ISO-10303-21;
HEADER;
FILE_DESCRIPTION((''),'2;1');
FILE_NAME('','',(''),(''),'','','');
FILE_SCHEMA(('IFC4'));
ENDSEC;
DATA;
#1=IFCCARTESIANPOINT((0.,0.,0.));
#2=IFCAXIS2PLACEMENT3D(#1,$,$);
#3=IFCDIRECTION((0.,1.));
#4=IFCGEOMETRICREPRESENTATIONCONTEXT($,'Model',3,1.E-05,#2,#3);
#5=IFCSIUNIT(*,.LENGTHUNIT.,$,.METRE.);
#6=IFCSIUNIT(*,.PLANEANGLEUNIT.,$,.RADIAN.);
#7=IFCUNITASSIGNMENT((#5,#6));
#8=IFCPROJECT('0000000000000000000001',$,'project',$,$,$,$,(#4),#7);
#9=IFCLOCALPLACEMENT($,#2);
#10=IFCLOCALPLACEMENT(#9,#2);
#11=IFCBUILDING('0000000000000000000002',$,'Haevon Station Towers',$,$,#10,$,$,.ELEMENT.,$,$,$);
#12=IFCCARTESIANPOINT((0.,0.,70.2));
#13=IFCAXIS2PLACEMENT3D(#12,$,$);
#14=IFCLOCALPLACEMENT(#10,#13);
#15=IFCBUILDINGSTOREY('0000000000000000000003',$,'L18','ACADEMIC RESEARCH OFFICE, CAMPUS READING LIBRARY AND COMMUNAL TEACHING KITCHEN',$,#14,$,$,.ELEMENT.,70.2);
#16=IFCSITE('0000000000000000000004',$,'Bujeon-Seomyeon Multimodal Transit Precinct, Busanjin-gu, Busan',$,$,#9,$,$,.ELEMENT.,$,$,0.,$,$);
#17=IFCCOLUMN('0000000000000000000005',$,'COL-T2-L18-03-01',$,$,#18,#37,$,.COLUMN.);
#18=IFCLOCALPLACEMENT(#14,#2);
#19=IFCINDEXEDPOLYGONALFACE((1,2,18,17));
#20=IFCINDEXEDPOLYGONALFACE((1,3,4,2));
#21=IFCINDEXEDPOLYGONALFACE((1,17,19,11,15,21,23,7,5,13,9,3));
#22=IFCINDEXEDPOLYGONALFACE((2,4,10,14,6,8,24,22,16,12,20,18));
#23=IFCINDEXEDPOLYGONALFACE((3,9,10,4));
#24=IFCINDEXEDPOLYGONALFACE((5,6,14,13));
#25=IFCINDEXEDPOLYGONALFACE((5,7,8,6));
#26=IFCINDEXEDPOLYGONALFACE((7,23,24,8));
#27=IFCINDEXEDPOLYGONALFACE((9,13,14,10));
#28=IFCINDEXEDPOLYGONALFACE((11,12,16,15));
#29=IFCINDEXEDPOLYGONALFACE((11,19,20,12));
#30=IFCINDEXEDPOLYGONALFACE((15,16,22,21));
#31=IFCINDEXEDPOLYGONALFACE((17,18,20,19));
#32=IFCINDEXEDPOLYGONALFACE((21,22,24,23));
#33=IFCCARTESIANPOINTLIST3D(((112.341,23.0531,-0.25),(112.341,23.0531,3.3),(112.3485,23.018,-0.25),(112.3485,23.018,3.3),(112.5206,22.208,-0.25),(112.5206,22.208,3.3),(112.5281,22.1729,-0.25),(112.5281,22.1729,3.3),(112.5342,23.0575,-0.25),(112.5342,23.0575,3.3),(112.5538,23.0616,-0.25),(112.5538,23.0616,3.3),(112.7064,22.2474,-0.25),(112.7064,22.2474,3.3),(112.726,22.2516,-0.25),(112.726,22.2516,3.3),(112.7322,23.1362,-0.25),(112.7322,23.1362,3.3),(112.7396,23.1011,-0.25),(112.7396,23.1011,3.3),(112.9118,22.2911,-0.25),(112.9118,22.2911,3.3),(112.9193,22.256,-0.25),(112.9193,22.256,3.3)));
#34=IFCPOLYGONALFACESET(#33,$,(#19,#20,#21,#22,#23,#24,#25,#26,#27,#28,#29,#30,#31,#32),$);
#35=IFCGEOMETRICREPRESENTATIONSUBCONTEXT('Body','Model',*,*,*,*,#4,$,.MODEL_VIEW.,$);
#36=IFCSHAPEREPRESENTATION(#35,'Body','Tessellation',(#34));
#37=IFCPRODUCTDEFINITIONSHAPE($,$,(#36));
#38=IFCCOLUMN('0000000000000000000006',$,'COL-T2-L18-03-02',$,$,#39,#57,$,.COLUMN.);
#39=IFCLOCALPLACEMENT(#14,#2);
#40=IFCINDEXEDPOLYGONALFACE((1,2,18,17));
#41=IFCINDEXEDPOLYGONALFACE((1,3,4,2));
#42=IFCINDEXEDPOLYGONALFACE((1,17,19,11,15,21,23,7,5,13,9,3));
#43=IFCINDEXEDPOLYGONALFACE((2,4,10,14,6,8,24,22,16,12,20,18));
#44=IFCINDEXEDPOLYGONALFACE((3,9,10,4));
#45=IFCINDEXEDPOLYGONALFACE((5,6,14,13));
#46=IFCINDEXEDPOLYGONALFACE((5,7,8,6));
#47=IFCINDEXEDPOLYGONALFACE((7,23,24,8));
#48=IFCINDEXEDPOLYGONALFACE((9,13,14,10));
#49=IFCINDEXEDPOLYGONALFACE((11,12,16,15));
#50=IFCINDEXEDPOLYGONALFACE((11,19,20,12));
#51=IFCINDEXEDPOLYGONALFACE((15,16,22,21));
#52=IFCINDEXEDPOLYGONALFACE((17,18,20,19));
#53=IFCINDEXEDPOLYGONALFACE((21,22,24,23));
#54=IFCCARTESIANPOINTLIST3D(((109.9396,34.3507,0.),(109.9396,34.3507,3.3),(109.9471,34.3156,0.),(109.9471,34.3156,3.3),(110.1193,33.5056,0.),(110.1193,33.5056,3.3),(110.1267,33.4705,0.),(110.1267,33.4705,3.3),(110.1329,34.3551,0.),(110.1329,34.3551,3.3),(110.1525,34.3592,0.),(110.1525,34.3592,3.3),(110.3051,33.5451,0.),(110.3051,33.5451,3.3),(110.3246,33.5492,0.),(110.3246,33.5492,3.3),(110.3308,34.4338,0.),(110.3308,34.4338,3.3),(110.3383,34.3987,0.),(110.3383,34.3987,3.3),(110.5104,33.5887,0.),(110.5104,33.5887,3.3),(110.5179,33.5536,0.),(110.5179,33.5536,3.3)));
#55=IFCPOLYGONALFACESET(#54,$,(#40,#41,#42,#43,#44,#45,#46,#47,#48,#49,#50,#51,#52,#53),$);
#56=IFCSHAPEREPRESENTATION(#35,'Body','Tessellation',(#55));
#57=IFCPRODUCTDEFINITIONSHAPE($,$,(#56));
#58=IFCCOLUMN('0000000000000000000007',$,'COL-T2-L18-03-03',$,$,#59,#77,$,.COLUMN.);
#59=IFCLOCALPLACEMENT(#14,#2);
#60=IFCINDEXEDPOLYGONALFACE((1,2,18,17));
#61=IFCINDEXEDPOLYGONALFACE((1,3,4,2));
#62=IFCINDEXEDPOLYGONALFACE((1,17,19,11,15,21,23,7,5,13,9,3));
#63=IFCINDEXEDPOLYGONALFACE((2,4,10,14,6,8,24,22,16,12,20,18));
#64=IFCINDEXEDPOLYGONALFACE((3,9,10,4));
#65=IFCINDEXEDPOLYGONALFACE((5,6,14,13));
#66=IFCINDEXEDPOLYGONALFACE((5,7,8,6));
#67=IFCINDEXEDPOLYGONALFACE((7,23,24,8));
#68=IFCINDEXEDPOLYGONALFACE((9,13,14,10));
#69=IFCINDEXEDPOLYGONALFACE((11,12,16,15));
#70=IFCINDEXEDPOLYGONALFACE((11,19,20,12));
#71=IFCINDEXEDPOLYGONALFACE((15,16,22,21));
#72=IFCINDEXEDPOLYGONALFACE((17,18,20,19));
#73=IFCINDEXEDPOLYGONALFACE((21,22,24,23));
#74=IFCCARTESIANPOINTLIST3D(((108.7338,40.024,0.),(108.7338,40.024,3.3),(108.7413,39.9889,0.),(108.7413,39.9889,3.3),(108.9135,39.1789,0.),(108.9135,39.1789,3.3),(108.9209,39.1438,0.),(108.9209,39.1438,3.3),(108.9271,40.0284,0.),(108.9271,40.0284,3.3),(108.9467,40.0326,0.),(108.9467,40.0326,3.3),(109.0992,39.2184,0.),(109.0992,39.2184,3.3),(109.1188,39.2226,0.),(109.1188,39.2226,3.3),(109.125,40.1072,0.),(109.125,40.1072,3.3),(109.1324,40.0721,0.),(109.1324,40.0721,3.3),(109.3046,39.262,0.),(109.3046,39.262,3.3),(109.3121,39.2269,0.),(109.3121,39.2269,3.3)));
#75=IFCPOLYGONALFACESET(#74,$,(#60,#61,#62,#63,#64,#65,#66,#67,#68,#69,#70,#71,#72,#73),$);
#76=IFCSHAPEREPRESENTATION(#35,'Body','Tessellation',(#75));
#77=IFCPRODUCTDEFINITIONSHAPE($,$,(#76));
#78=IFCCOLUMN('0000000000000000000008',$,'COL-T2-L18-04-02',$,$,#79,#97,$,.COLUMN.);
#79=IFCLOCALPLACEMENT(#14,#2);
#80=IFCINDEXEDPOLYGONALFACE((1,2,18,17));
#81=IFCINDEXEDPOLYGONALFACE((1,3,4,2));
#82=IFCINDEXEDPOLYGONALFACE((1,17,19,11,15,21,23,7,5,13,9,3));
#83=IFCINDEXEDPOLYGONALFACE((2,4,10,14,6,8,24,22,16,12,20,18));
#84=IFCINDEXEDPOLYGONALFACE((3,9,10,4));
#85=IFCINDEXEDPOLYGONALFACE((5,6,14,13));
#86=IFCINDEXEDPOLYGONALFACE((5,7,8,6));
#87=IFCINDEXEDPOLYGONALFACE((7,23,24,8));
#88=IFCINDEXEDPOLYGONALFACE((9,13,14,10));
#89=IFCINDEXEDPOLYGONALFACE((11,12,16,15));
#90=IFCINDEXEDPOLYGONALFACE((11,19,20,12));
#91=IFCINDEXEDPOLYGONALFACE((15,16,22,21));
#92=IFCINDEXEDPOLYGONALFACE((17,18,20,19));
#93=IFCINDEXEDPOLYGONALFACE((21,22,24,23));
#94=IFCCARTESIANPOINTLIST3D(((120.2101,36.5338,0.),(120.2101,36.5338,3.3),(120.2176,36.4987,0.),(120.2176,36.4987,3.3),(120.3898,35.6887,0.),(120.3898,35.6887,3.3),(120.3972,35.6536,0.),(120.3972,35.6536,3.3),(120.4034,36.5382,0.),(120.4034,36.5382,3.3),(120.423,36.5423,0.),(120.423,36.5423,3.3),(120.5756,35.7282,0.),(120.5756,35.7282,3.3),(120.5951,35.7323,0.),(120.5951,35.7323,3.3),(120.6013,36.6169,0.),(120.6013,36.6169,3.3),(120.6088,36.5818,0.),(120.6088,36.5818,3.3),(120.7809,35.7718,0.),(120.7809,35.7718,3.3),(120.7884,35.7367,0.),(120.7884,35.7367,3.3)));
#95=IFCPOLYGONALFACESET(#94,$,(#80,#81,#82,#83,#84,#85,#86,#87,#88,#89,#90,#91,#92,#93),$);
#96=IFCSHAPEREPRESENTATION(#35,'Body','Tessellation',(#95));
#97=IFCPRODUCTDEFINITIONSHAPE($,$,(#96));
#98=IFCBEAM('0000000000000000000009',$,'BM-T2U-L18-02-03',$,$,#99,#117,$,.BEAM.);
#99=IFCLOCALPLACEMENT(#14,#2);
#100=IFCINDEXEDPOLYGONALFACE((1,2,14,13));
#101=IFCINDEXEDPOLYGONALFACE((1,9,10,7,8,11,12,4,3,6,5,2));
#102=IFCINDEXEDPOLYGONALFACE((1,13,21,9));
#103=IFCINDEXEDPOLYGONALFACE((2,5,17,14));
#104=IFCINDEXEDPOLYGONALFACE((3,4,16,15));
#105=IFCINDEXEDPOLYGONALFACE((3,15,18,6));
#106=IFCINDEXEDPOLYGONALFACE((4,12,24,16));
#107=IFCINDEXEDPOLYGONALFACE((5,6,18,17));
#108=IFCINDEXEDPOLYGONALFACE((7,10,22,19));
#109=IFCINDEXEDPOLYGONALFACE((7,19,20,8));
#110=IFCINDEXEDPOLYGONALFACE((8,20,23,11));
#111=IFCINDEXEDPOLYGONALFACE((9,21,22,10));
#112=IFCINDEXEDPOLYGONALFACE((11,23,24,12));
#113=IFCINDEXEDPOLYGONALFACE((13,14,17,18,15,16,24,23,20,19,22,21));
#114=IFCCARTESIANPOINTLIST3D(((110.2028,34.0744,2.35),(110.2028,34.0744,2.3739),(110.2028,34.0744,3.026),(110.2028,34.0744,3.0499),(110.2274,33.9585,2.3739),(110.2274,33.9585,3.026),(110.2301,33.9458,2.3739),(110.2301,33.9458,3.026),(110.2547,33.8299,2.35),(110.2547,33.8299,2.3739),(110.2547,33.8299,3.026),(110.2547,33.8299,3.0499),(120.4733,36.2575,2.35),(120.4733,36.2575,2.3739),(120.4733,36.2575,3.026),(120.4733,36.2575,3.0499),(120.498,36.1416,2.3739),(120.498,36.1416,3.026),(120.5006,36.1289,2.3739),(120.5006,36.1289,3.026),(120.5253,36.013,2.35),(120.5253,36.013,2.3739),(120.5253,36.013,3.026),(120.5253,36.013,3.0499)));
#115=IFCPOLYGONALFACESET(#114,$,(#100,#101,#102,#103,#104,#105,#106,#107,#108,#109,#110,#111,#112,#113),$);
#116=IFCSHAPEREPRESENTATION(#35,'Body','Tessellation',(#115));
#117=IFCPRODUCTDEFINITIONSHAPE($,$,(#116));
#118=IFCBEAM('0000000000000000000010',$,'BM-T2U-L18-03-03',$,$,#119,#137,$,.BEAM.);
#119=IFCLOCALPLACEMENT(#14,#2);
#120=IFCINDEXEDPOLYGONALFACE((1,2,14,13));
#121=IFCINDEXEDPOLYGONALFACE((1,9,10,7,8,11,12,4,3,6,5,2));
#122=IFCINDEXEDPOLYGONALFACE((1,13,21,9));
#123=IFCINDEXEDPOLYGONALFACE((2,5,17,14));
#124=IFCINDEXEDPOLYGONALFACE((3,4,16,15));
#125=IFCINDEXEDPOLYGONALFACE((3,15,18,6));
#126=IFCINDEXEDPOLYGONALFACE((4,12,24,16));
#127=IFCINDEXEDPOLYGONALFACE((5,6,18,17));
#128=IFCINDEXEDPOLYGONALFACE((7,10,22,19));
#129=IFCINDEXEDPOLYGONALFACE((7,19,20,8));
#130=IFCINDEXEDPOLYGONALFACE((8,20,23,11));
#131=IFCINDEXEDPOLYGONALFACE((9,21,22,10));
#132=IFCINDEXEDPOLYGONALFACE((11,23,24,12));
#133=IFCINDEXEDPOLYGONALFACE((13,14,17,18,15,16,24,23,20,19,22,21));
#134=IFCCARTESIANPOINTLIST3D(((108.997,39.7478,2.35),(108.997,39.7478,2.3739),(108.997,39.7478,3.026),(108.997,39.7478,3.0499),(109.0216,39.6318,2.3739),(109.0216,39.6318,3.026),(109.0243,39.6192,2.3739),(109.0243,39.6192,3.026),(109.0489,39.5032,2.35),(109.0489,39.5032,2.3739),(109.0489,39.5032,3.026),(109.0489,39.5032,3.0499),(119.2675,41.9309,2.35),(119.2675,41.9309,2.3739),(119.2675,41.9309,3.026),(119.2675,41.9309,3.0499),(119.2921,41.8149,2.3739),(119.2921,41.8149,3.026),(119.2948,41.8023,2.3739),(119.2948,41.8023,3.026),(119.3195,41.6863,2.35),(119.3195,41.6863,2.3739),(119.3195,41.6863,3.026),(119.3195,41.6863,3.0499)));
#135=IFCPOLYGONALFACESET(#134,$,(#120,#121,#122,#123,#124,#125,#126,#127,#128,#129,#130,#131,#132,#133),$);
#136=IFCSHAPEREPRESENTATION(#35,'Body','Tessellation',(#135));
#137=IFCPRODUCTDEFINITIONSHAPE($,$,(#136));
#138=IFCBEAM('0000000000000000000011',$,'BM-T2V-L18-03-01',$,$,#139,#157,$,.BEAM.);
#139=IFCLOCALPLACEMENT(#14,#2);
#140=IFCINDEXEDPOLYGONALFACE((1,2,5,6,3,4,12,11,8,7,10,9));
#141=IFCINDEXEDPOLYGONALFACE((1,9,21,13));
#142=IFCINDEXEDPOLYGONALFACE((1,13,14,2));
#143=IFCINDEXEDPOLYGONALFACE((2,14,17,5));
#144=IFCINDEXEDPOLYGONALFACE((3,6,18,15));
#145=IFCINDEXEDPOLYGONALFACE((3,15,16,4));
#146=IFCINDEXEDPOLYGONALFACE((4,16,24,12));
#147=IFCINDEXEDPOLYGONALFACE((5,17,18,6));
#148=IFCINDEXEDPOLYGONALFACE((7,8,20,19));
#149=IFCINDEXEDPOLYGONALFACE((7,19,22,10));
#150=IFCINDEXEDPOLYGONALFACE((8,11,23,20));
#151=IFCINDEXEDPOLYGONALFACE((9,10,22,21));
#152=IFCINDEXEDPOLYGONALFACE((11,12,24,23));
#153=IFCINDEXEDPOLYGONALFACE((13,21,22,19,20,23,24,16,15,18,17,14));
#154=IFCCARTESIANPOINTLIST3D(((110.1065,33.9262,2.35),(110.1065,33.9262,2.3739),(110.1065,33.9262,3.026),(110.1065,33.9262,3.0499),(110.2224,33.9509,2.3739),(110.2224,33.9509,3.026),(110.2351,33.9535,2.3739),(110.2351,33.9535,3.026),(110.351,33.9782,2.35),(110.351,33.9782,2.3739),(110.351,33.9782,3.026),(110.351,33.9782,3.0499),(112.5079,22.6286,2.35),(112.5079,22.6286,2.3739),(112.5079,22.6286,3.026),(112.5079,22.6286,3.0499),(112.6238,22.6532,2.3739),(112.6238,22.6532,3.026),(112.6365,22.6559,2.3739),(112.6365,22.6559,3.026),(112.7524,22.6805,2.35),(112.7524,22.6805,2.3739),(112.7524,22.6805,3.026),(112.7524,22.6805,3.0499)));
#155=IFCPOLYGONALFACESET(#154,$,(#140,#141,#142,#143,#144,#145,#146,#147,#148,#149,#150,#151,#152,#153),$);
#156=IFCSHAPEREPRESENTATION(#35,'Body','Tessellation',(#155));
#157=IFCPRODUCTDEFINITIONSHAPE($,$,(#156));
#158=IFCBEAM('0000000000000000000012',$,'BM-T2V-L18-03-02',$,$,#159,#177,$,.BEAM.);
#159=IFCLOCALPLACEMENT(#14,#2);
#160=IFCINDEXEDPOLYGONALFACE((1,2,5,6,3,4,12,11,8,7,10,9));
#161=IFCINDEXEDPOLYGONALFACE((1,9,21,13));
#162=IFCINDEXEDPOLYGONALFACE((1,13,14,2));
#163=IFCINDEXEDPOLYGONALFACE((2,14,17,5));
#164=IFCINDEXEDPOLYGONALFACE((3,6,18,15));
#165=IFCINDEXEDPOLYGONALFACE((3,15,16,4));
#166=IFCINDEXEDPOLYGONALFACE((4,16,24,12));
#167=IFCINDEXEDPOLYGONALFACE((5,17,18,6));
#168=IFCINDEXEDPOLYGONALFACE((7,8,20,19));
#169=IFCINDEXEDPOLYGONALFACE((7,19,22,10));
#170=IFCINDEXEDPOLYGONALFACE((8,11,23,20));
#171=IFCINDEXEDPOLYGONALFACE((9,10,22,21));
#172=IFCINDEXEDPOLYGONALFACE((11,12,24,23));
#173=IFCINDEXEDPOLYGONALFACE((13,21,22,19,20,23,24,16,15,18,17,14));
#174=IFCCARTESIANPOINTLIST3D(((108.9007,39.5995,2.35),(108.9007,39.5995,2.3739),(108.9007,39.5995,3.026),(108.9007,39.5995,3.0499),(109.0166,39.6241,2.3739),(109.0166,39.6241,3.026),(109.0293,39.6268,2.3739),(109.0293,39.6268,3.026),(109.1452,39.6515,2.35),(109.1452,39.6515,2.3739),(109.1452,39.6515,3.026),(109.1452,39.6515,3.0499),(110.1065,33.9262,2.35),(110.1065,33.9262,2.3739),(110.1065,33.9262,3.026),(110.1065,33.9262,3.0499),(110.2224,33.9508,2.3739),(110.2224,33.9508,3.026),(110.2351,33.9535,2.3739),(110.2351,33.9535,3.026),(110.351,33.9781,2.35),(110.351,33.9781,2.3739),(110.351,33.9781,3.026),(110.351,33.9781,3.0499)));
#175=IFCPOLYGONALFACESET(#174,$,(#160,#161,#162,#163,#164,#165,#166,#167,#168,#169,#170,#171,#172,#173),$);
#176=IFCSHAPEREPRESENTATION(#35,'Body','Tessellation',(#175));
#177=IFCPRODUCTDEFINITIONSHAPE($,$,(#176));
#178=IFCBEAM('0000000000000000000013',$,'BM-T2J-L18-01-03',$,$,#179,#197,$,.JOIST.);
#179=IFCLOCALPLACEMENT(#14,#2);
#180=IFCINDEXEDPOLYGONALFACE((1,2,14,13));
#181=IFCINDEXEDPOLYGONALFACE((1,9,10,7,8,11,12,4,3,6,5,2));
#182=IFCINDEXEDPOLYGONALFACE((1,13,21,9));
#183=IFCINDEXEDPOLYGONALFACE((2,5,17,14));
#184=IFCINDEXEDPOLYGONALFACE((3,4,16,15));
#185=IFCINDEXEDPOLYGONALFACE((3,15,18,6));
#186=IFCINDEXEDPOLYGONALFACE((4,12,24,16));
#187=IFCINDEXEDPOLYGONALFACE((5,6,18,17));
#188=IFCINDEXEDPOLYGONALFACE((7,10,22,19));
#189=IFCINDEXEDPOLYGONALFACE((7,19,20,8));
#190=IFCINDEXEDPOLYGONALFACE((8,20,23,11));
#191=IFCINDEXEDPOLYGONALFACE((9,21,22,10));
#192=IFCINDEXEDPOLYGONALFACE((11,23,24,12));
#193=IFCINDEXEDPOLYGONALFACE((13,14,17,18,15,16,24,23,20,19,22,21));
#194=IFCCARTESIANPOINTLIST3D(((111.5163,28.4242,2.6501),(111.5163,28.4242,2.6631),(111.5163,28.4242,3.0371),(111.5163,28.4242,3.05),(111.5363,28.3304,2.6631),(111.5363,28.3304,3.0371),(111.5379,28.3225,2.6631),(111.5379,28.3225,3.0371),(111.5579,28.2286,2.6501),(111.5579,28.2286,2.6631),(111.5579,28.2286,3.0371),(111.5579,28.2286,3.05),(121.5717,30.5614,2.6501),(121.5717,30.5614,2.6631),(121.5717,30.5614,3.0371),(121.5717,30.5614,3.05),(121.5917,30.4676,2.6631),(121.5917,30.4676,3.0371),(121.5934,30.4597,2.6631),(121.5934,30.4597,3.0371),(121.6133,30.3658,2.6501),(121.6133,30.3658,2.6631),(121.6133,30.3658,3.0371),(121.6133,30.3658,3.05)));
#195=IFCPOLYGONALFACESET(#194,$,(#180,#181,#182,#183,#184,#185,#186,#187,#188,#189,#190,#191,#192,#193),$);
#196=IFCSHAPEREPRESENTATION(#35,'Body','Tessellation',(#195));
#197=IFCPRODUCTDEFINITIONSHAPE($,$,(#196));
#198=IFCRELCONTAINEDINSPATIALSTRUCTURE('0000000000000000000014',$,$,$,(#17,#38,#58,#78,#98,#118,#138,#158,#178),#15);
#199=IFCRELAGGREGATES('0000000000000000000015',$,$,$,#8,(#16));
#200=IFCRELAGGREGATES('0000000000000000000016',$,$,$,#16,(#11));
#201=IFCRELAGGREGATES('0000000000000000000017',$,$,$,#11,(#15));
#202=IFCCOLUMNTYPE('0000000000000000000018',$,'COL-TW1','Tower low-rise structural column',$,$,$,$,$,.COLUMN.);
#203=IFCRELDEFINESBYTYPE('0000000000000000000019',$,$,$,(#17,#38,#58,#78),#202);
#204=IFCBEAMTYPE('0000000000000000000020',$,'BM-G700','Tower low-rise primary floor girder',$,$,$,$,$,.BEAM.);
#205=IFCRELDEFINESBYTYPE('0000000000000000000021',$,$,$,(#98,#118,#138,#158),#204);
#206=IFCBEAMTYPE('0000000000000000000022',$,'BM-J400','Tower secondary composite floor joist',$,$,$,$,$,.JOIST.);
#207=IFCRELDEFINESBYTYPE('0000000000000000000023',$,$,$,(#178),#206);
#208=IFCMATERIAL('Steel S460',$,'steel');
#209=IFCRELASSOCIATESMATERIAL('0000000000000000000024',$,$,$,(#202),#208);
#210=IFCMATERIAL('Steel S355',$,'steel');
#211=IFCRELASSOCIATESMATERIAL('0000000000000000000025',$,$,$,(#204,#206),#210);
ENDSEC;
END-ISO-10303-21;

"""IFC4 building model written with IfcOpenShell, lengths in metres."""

from ifc_helpers import new_model, si_unit, direction, frame, origin, origin_2d, place, context, subcontext, project, spatial, i_section, extrude, material, material_profile, profile_set, type_object, element, save


model = new_model("IFC4")

# Units and contexts
model_context = context("Model", 3, precision=1e-05, world=origin(), true_north=direction((0.0, 1.0)))
body_context = subcontext(model_context, "Body", "Model", "MODEL_VIEW")
ifc_project = project(units=[si_unit("LENGTHUNIT", "METRE"), si_unit("PLANEANGLEUNIT", "RADIAN")], contexts=[model_context])

# Site, building, storey
site_placement = place(None, origin())
site = spatial("IfcSite", under=ifc_project, at=site_placement, Name="Bujeon-Seomyeon Multimodal Transit Precinct, Busanjin-gu, Busan", CompositionType="ELEMENT", RefElevation=0.0)
building_placement = place(site_placement, origin())
building = spatial("IfcBuilding", under=site, at=building_placement, Name="Haevon Station Towers", CompositionType="ELEMENT")
storey_placement = place(building_placement, frame((0.0, 0.0, 70.2)))
storey = spatial("IfcBuildingStorey", under=building, at=storey_placement, Name="L18", Description="ACADEMIC RESEARCH OFFICE, CAMPUS READING LIBRARY AND COMMUNAL TEACHING KITCHEN", CompositionType="ELEMENT", Elevation=70.2)

# Columns
ifc_material_1 = material(Name="Steel S460", Category="steel")
ifc_material_profile_1 = material_profile(ifc_material_1, i_section(OverallWidth=0.3999, OverallDepth=0.8999, WebThickness=0.02, FlangeThickness=0.0359, at=origin_2d()), Name="H-900x400x20x36")
ifc_profile_set_1 = profile_set([ifc_material_profile_1], Name="Steel S460")
column_type = type_object("IfcColumnType", Name="COL-TW1", Description="Tower low-rise structural column", PredefinedType="COLUMN", material=ifc_profile_set_1)
column_placement = place(storey_placement, frame((112.6301, 22.6545, -0.25), z_axis=(0.0, 0.0, 1.0), x_axis=(0.978148, 0.207912, 0.0)))
element("IfcColumn", 1, at=column_placement, inside=storey, type_object=column_type, Name="COL-T2-L18-03-01", PredefinedType="COLUMN", context=body_context, shape_type="SweptSolid", body=[
    extrude(i_section(OverallWidth=0.3999, OverallDepth=0.8999, WebThickness=0.02, FlangeThickness=0.0359, at=origin_2d()), origin(), (0.0, 0.0, 1.0), 3.55),
])
for number, where, z_axis, x_axis, name in (
    (2, (110.2288, 33.9521, 0.0), (0.0, 0.0, 1.0), (0.978148, 0.207912, 0.0), "COL-T2-L18-03-02"),
    (3, (109.0229, 39.6255, 0.0), (0.0, 0.0, 1.0), (0.978148, 0.207912, 0.0), "COL-T2-L18-03-03"),
    (4, (120.4993, 36.1353, 0.0), (0.0, 0.0, 1.0), (0.978148, 0.207912, 0.0), "COL-T2-L18-04-02"),
):
    element("IfcColumn", number, at=place(storey_placement, frame(where, z_axis=z_axis, x_axis=x_axis)), inside=storey, type_object=column_type, Name=name, PredefinedType="COLUMN", context=body_context, shape_type="SweptSolid", body=[
        extrude(i_section(OverallWidth=0.3999, OverallDepth=0.8999, WebThickness=0.02, FlangeThickness=0.0359, at=origin_2d()), origin(), (0.0, 0.0, 1.0), 3.3),
    ])

# Beams
ifc_material_2 = material(Name="Steel S355", Category="steel")
ifc_material_profile_2 = material_profile(ifc_material_2, i_section(OverallWidth=0.25, OverallDepth=0.7, WebThickness=0.0129, FlangeThickness=0.0239, at=origin_2d()), Name="H-700x250x13x24")
ifc_profile_set_2 = profile_set([ifc_material_profile_2], Name="Steel S355")
beam_type_1 = type_object("IfcBeamType", Name="BM-G700", Description="Tower low-rise primary floor girder", PredefinedType="BEAM", material=ifc_profile_set_2)
for number, where, z_axis, x_axis, name in (
    (5, (110.2288, 33.9521, 2.7), (0.978147, 0.207915, 0.0), (-0.207915, 0.978147, 0.0), "BM-T2U-L18-02-03"),
    (6, (109.0229, 39.6255, 2.7), (0.978147, 0.207915, 0.0), (-0.207915, 0.978147, 0.0), "BM-T2U-L18-03-03"),
):
    element("IfcBeam", number, at=place(storey_placement, frame(where, z_axis=z_axis, x_axis=x_axis)), inside=storey, type_object=beam_type_1, Name=name, PredefinedType="BEAM", context=body_context, shape_type="SweptSolid", body=[
        extrude(i_section(OverallWidth=0.25, OverallDepth=0.7, WebThickness=0.0129, FlangeThickness=0.0239, at=origin_2d()), origin(), (0.0, 0.0, 1.0), 10.5),
    ])
beam_1_placement = place(storey_placement, frame((112.6301, 22.6545, 2.7), z_axis=(-0.207911, 0.978148, 0.0), x_axis=(-0.978148, -0.207911, 0.0)))
element("IfcBeam", 7, at=beam_1_placement, inside=storey, type_object=beam_type_1, Name="BM-T2V-L18-03-01", PredefinedType="BEAM", context=body_context, shape_type="SweptSolid", body=[
    extrude(i_section(OverallWidth=0.25, OverallDepth=0.7, WebThickness=0.0129, FlangeThickness=0.0239, at=origin_2d()), origin(), (0.0, 0.0, 1.0), 11.55),
])
beam_2_placement = place(storey_placement, frame((110.2288, 33.9521, 2.7), z_axis=(-0.207896, 0.978151, 0.0), x_axis=(-0.978151, -0.207896, 0.0)))
element("IfcBeam", 8, at=beam_2_placement, inside=storey, type_object=beam_type_1, Name="BM-T2V-L18-03-02", PredefinedType="BEAM", context=body_context, shape_type="SweptSolid", body=[
    extrude(i_section(OverallWidth=0.25, OverallDepth=0.7, WebThickness=0.0129, FlangeThickness=0.0239, at=origin_2d()), origin(), (0.0, 0.0, 1.0), 5.8),
])
ifc_material_profile_3 = material_profile(ifc_material_2, i_section(OverallWidth=0.2, OverallDepth=0.3999, WebThickness=0.0081, FlangeThickness=0.0129, at=origin_2d()), Name="H-400x200x8x13")
ifc_profile_set_3 = profile_set([ifc_material_profile_3], Name="Steel S355")
beam_type_2 = type_object("IfcBeamType", Name="BM-J400", Description="Tower secondary composite floor joist", PredefinedType="JOIST", material=ifc_profile_set_3)
for number, where, z_axis, x_axis, name in (
    (9, (111.5371, 28.3264, 2.8501), (0.97815, 0.207899, 0.0), (-0.207899, 0.97815, 0.0), "BM-T2J-L18-01-03"),
):
    element("IfcBeam", number, at=place(storey_placement, frame(where, z_axis=z_axis, x_axis=x_axis)), inside=storey, type_object=beam_type_2, Name=name, PredefinedType="JOIST", context=body_context, shape_type="SweptSolid", body=[
        extrude(i_section(OverallWidth=0.2, OverallDepth=0.3999, WebThickness=0.0081, FlangeThickness=0.0129, at=origin_2d()), origin(), (0.0, 0.0, 1.0), 10.28),
    ])

save(model, "model.ifc")
